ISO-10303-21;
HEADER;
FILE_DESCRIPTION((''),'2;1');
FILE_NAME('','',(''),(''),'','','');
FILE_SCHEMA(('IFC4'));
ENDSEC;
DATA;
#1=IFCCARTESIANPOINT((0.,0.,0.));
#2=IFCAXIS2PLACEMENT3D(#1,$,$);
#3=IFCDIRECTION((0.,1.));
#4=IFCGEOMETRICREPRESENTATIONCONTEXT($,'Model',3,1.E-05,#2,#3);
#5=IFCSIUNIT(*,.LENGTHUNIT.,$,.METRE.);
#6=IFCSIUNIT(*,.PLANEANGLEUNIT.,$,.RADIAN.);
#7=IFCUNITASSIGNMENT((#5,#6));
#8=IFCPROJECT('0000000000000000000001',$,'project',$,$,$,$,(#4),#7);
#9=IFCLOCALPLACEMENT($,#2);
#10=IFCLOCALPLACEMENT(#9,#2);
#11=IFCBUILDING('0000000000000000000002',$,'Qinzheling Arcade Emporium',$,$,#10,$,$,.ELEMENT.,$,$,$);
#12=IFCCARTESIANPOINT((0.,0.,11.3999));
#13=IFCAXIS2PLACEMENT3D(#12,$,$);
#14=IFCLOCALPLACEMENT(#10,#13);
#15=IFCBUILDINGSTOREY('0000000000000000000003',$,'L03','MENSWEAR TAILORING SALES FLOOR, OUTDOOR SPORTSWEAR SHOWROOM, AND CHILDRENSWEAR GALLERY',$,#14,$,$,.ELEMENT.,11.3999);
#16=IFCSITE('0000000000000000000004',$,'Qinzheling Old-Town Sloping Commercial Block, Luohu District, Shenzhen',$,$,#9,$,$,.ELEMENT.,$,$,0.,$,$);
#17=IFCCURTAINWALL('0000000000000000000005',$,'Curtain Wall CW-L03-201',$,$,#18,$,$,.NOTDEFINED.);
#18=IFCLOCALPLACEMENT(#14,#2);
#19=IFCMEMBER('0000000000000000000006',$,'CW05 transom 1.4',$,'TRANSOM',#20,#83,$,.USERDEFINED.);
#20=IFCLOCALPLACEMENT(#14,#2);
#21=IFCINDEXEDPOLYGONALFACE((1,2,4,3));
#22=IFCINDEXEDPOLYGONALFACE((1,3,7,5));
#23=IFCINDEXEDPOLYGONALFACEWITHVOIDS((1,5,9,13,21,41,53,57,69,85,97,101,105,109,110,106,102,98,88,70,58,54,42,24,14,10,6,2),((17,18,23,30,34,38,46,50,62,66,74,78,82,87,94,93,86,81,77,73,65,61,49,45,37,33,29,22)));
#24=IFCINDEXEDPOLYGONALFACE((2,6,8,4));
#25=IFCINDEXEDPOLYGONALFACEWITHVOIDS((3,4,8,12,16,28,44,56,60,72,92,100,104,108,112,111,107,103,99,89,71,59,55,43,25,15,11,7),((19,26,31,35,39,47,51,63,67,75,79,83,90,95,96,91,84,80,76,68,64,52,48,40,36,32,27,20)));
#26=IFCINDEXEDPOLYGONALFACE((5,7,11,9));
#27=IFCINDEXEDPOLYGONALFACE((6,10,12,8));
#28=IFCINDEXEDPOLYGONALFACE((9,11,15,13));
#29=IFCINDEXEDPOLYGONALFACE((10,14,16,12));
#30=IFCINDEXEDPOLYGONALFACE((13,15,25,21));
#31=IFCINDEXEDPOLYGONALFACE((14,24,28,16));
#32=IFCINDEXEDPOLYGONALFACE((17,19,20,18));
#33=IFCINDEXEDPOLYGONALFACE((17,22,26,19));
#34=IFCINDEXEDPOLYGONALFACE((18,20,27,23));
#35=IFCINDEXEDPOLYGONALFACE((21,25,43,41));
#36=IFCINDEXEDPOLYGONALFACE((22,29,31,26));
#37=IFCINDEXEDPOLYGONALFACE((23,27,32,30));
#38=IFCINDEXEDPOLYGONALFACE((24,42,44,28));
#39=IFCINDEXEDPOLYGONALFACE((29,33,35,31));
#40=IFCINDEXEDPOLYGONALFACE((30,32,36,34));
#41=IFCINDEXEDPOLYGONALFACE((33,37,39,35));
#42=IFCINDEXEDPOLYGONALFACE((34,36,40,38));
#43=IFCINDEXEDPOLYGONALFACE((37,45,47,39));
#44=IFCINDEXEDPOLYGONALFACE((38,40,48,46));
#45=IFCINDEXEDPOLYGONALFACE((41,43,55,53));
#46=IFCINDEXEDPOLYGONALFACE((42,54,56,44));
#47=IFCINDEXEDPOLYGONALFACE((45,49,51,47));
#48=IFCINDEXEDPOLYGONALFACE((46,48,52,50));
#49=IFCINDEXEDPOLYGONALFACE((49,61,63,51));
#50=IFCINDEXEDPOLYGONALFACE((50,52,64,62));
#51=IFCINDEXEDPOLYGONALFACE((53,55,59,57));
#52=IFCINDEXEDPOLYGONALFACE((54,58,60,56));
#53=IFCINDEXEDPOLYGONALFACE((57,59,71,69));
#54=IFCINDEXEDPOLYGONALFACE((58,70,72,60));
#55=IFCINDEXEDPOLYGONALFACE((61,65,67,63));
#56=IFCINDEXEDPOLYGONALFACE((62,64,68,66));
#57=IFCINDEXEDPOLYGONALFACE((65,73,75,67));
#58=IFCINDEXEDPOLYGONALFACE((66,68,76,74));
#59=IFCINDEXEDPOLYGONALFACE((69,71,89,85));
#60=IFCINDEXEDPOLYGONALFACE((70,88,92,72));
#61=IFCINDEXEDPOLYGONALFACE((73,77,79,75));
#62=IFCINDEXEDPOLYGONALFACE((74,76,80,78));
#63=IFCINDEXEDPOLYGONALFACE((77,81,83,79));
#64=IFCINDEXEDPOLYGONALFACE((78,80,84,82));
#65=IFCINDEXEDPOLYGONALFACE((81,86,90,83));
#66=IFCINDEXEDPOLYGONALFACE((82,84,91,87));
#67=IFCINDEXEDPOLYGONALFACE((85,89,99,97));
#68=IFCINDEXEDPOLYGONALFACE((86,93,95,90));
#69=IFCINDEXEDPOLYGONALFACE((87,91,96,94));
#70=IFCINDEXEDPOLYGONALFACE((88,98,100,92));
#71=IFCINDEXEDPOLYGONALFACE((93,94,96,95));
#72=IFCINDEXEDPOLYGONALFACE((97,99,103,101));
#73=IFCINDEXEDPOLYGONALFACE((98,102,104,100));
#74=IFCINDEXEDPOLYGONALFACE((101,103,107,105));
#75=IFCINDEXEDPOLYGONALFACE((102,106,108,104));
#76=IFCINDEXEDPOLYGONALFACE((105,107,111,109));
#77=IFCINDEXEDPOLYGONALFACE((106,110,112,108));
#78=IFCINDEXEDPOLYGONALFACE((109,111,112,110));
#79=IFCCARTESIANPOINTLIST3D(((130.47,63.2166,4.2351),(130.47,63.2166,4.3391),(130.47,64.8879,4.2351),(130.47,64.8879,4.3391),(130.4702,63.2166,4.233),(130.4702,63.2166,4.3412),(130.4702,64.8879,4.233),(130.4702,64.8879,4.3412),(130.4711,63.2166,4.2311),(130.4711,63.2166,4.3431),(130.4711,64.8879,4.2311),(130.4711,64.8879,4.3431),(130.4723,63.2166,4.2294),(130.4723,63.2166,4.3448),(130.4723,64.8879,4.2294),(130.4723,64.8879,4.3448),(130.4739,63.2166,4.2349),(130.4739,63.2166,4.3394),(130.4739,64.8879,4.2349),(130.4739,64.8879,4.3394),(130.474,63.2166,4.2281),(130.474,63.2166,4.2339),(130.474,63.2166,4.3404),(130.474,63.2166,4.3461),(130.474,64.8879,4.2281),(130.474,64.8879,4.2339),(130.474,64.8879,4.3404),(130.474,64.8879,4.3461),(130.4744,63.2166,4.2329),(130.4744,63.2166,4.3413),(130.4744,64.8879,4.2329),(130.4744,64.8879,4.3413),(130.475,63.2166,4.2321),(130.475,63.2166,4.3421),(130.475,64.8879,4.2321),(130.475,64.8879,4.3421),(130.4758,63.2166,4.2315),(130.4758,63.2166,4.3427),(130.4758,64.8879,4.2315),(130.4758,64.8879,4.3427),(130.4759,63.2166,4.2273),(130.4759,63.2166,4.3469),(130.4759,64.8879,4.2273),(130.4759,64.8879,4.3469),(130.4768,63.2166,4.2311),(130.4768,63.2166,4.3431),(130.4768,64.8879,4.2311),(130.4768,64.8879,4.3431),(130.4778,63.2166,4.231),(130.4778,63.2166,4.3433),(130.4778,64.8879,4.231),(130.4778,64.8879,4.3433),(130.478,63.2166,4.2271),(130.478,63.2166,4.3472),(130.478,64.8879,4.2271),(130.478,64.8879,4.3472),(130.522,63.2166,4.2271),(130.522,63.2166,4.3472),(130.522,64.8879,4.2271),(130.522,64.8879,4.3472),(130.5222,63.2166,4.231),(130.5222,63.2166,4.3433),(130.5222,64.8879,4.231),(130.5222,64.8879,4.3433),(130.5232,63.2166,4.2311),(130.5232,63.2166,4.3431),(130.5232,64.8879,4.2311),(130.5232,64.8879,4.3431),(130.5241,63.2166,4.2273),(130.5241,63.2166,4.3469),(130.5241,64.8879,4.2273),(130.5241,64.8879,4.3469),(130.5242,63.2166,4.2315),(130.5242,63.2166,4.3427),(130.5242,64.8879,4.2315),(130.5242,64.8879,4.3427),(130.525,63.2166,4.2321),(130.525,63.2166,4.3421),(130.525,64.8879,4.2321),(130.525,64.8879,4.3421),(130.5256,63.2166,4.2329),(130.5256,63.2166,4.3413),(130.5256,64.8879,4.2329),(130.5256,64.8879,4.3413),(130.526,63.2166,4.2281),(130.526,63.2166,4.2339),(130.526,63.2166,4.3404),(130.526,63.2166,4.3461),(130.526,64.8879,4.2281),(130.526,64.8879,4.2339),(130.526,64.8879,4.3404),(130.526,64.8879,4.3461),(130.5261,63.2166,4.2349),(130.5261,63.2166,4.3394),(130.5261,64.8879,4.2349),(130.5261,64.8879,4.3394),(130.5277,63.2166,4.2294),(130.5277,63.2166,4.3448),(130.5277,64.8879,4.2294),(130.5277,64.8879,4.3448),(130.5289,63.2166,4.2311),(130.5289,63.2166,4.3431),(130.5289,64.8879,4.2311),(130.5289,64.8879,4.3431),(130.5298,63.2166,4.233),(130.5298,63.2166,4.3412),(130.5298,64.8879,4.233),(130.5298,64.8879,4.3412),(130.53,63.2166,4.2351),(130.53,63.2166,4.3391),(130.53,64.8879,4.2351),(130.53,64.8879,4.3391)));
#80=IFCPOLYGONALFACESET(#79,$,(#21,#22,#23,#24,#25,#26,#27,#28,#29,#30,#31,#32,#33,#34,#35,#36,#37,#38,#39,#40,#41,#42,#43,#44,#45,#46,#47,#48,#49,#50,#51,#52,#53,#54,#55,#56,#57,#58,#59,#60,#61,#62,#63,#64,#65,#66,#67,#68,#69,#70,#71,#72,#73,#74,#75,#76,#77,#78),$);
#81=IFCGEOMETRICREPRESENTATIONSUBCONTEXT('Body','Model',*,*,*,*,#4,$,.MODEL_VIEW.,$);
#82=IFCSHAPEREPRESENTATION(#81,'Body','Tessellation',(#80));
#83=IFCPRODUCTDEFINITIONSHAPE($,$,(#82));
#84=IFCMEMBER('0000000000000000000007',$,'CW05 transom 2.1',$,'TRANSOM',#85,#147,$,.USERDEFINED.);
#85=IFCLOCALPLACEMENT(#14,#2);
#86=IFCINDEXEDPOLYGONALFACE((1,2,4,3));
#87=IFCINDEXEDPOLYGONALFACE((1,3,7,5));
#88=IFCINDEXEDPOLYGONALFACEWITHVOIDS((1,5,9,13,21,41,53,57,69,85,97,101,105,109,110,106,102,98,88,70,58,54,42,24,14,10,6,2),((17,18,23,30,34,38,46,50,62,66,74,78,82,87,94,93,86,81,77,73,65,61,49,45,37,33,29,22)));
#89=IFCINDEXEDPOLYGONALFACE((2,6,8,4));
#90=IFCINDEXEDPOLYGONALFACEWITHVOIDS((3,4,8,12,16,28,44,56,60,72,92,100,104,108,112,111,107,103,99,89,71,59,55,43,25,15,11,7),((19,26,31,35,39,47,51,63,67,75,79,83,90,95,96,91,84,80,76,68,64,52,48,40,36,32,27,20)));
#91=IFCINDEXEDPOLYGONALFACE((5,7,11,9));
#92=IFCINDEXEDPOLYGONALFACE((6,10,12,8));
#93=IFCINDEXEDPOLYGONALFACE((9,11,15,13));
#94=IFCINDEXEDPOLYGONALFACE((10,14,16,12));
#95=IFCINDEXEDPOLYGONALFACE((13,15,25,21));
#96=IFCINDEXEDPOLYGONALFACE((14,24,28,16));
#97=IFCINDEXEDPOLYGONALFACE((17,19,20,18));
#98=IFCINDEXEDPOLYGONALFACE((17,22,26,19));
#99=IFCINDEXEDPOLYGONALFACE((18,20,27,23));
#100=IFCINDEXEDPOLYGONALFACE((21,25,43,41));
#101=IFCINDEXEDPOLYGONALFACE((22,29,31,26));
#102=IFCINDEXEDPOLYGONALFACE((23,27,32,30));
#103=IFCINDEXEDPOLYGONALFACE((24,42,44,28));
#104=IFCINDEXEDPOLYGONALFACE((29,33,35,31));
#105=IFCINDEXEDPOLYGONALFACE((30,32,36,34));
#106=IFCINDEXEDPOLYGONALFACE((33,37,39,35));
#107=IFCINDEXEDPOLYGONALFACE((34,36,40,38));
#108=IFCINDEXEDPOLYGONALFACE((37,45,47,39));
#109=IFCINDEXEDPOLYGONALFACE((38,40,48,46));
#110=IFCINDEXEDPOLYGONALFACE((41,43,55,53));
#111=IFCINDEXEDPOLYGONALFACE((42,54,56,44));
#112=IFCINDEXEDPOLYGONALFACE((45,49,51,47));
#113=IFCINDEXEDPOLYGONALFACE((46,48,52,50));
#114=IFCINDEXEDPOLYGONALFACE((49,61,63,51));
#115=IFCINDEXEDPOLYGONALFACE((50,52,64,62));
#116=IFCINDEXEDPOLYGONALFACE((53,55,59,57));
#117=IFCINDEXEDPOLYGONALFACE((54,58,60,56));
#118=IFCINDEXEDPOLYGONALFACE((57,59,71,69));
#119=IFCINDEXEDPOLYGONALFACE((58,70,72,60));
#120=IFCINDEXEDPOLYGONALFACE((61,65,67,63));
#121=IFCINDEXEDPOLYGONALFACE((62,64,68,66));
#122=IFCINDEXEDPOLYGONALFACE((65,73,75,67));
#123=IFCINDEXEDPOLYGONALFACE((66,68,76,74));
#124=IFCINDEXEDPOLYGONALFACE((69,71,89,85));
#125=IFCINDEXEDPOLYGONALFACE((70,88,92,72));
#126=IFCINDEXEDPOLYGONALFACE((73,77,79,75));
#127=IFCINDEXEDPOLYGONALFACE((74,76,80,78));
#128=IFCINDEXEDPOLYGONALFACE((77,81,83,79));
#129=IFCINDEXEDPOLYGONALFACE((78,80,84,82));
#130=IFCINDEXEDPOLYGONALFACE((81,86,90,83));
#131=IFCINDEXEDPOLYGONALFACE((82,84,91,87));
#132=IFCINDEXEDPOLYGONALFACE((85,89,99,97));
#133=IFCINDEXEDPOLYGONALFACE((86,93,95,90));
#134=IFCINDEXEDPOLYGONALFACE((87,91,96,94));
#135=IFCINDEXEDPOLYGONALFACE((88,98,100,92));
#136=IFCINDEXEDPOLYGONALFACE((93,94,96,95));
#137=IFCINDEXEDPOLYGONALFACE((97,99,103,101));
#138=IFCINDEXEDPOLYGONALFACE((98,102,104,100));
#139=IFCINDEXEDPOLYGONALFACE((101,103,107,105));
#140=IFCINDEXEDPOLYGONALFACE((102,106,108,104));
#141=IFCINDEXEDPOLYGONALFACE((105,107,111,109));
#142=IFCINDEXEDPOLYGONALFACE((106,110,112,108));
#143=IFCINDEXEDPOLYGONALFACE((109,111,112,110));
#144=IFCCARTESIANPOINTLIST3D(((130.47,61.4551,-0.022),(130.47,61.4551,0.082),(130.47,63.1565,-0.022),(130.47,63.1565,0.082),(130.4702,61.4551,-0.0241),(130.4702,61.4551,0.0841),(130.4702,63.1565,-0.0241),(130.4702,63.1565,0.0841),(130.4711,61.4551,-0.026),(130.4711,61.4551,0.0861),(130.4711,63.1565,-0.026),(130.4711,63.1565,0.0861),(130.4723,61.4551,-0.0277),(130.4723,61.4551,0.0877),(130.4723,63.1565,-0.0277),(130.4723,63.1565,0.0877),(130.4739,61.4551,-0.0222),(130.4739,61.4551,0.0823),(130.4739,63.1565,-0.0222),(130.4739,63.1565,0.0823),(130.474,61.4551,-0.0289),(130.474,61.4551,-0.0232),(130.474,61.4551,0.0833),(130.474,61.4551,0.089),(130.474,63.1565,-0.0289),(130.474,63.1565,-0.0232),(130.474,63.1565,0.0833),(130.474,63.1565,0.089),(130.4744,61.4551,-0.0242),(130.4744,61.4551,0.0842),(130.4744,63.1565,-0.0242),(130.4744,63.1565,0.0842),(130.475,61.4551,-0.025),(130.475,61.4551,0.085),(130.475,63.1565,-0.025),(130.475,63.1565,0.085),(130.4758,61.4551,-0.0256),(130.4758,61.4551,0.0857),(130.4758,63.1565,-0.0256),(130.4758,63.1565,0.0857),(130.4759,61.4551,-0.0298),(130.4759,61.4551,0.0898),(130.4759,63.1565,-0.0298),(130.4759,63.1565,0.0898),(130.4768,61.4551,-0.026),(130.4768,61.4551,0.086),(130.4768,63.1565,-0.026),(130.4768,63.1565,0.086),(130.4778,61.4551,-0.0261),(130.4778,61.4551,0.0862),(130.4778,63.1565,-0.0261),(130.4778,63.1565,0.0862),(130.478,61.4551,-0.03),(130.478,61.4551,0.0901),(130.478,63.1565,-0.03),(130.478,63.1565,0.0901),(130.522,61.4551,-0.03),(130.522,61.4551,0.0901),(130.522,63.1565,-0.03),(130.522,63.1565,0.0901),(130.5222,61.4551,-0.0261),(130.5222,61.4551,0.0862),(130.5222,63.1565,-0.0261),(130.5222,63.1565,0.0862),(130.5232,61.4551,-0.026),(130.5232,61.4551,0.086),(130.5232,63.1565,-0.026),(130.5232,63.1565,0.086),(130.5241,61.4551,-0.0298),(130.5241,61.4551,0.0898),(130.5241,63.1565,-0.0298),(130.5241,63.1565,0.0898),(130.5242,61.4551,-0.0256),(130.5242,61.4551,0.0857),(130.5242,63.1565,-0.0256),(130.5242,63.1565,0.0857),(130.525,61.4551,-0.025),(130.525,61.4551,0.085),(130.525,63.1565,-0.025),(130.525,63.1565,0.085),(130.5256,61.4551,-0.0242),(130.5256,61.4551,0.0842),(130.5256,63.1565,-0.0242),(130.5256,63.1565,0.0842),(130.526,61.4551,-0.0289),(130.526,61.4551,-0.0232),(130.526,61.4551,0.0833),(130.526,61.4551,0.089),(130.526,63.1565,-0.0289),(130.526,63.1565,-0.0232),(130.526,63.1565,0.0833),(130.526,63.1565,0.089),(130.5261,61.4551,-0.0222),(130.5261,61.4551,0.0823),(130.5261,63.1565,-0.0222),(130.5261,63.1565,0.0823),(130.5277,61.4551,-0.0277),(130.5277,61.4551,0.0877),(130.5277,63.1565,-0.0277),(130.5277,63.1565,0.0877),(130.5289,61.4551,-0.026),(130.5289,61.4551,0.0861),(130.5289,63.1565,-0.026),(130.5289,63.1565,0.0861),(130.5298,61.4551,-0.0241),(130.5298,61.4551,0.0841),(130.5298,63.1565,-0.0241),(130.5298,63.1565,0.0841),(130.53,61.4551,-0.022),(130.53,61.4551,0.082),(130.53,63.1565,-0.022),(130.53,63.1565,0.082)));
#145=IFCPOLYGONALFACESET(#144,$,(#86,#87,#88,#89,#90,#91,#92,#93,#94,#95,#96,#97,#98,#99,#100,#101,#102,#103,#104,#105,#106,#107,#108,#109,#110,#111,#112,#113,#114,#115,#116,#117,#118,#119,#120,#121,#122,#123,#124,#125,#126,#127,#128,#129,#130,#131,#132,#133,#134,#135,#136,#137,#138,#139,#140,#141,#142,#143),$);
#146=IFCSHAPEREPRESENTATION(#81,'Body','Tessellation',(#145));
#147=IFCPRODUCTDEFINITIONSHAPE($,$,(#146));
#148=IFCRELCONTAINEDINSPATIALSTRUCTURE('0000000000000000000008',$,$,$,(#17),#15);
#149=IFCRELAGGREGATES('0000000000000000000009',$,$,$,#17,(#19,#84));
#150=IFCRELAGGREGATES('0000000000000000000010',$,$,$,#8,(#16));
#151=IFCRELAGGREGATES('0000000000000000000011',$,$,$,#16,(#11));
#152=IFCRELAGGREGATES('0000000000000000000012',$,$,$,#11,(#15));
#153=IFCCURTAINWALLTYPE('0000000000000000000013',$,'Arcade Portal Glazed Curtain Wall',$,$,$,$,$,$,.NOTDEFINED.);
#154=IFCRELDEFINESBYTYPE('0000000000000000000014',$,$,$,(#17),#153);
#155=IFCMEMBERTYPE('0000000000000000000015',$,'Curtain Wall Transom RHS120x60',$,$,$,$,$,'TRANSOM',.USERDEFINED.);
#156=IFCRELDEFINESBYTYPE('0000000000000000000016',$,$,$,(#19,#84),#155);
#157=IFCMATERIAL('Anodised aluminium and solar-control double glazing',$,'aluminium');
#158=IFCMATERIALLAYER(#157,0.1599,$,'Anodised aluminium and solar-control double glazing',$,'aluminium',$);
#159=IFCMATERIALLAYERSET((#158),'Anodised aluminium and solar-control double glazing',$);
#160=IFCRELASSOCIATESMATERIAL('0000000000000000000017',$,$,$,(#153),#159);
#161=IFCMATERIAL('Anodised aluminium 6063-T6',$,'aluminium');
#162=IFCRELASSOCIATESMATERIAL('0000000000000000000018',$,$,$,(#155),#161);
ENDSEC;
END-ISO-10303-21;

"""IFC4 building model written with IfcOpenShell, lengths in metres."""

from ifc_helpers import new_model, si_unit, direction, frame, origin, origin_2d, place, context, subcontext, project, spatial, hollow_rectangle, extrude, material, layer, layer_set, material_profile, profile_set, type_object, element, aggregate, save


model = new_model("IFC4")

# Units and contexts
model_context = context("Model", 3, precision=1e-05, world=origin(), true_north=direction((0.0, 1.0)))
body_context = subcontext(model_context, "Body", "Model", "MODEL_VIEW")
ifc_project = project(units=[si_unit("LENGTHUNIT", "METRE"), si_unit("PLANEANGLEUNIT", "RADIAN")], contexts=[model_context])

# Site, building, storey
site_placement = place(None, origin())
site = spatial("IfcSite", under=ifc_project, at=site_placement, Name="Qinzheling Old-Town Sloping Commercial Block, Luohu District, Shenzhen", CompositionType="ELEMENT", RefElevation=0.0)
building_placement = place(site_placement, origin())
building = spatial("IfcBuilding", under=site, at=building_placement, Name="Qinzheling Arcade Emporium", CompositionType="ELEMENT")
storey_placement = place(building_placement, frame((0.0, 0.0, 11.3999)))
storey = spatial("IfcBuildingStorey", under=building, at=storey_placement, Name="L03", Description="MENSWEAR TAILORING SALES FLOOR, OUTDOOR SPORTSWEAR SHOWROOM, AND CHILDRENSWEAR GALLERY", CompositionType="ELEMENT", Elevation=11.3999)

# Shared definitions
ifc_material_1 = material(Name="Anodised aluminium and solar-control double glazing", Category="aluminium")
ifc_layer_1 = layer(ifc_material_1, 0.1599, Name="Anodised aluminium and solar-control double glazing", Category="aluminium")
ifc_layer_set_1 = layer_set([ifc_layer_1], Name="Anodised aluminium and solar-control double glazing")
curtain_wall_type = type_object("IfcCurtainWallType", Name="Arcade Portal Glazed Curtain Wall", PredefinedType="NOTDEFINED", material=ifc_layer_set_1)
ifc_material_2 = material(Name="Anodised aluminium 6063-T6", Category="aluminium")

# Curtain wall
curtain_wall_1_placement = place(storey_placement, origin())
curtain_wall_1 = element("IfcCurtainWall", 1, at=curtain_wall_1_placement, inside=storey, type_object=curtain_wall_type, Name="Curtain Wall CW-L03-201", PredefinedType="NOTDEFINED")

# Members
ifc_material_profile_1 = material_profile(ifc_material_2, hollow_rectangle(XDim=0.0601, YDim=0.1201, WallThickness=0.0039, InnerFilletRadius=0.0039, OuterFilletRadius=0.0081, at=origin_2d()), Name="RHS 120x60x4", Category="aluminium")
ifc_profile_set_1 = profile_set([ifc_material_profile_1], Name="Anodised aluminium 6063-T6")
member_type_1 = type_object("IfcMemberType", Name="Curtain Wall Transom RHS120x60", ElementType="TRANSOM", PredefinedType="USERDEFINED", material=ifc_profile_set_1)
member_1_placement = place(storey_placement, frame((130.5, 64.8879, 4.2871), z_axis=(0.0, -1.0, 0.0), x_axis=(1.0, 0.0, 0.0)))
member_1 = element("IfcMember", 2, at=member_1_placement, type_object=member_type_1, Name="CW05 transom 1.4", ObjectType="TRANSOM", PredefinedType="USERDEFINED", context=body_context, shape_type="SweptSolid", body=[
    extrude(hollow_rectangle(XDim=0.0601, YDim=0.1201, WallThickness=0.0039, InnerFilletRadius=0.0039, OuterFilletRadius=0.0081, at=origin_2d()), origin(), (0.0, 0.0, 1.0), 1.6714),
])
member_2_placement = place(storey_placement, frame((130.5, 63.1565, 0.03), z_axis=(0.0, -1.0, 0.0), x_axis=(1.0, 0.0, 0.0)))
member_2 = element("IfcMember", 3, at=member_2_placement, type_object=member_type_1, Name="CW05 transom 2.1", ObjectType="TRANSOM", PredefinedType="USERDEFINED", context=body_context, shape_type="SweptSolid", body=[
    extrude(hollow_rectangle(XDim=0.0601, YDim=0.1201, WallThickness=0.0039, InnerFilletRadius=0.0039, OuterFilletRadius=0.0081, at=origin_2d()), origin(), (0.0, 0.0, 1.0), 1.7014),
])

aggregate(curtain_wall_1, [member_1, member_2])

save(model, "model.ifc")
